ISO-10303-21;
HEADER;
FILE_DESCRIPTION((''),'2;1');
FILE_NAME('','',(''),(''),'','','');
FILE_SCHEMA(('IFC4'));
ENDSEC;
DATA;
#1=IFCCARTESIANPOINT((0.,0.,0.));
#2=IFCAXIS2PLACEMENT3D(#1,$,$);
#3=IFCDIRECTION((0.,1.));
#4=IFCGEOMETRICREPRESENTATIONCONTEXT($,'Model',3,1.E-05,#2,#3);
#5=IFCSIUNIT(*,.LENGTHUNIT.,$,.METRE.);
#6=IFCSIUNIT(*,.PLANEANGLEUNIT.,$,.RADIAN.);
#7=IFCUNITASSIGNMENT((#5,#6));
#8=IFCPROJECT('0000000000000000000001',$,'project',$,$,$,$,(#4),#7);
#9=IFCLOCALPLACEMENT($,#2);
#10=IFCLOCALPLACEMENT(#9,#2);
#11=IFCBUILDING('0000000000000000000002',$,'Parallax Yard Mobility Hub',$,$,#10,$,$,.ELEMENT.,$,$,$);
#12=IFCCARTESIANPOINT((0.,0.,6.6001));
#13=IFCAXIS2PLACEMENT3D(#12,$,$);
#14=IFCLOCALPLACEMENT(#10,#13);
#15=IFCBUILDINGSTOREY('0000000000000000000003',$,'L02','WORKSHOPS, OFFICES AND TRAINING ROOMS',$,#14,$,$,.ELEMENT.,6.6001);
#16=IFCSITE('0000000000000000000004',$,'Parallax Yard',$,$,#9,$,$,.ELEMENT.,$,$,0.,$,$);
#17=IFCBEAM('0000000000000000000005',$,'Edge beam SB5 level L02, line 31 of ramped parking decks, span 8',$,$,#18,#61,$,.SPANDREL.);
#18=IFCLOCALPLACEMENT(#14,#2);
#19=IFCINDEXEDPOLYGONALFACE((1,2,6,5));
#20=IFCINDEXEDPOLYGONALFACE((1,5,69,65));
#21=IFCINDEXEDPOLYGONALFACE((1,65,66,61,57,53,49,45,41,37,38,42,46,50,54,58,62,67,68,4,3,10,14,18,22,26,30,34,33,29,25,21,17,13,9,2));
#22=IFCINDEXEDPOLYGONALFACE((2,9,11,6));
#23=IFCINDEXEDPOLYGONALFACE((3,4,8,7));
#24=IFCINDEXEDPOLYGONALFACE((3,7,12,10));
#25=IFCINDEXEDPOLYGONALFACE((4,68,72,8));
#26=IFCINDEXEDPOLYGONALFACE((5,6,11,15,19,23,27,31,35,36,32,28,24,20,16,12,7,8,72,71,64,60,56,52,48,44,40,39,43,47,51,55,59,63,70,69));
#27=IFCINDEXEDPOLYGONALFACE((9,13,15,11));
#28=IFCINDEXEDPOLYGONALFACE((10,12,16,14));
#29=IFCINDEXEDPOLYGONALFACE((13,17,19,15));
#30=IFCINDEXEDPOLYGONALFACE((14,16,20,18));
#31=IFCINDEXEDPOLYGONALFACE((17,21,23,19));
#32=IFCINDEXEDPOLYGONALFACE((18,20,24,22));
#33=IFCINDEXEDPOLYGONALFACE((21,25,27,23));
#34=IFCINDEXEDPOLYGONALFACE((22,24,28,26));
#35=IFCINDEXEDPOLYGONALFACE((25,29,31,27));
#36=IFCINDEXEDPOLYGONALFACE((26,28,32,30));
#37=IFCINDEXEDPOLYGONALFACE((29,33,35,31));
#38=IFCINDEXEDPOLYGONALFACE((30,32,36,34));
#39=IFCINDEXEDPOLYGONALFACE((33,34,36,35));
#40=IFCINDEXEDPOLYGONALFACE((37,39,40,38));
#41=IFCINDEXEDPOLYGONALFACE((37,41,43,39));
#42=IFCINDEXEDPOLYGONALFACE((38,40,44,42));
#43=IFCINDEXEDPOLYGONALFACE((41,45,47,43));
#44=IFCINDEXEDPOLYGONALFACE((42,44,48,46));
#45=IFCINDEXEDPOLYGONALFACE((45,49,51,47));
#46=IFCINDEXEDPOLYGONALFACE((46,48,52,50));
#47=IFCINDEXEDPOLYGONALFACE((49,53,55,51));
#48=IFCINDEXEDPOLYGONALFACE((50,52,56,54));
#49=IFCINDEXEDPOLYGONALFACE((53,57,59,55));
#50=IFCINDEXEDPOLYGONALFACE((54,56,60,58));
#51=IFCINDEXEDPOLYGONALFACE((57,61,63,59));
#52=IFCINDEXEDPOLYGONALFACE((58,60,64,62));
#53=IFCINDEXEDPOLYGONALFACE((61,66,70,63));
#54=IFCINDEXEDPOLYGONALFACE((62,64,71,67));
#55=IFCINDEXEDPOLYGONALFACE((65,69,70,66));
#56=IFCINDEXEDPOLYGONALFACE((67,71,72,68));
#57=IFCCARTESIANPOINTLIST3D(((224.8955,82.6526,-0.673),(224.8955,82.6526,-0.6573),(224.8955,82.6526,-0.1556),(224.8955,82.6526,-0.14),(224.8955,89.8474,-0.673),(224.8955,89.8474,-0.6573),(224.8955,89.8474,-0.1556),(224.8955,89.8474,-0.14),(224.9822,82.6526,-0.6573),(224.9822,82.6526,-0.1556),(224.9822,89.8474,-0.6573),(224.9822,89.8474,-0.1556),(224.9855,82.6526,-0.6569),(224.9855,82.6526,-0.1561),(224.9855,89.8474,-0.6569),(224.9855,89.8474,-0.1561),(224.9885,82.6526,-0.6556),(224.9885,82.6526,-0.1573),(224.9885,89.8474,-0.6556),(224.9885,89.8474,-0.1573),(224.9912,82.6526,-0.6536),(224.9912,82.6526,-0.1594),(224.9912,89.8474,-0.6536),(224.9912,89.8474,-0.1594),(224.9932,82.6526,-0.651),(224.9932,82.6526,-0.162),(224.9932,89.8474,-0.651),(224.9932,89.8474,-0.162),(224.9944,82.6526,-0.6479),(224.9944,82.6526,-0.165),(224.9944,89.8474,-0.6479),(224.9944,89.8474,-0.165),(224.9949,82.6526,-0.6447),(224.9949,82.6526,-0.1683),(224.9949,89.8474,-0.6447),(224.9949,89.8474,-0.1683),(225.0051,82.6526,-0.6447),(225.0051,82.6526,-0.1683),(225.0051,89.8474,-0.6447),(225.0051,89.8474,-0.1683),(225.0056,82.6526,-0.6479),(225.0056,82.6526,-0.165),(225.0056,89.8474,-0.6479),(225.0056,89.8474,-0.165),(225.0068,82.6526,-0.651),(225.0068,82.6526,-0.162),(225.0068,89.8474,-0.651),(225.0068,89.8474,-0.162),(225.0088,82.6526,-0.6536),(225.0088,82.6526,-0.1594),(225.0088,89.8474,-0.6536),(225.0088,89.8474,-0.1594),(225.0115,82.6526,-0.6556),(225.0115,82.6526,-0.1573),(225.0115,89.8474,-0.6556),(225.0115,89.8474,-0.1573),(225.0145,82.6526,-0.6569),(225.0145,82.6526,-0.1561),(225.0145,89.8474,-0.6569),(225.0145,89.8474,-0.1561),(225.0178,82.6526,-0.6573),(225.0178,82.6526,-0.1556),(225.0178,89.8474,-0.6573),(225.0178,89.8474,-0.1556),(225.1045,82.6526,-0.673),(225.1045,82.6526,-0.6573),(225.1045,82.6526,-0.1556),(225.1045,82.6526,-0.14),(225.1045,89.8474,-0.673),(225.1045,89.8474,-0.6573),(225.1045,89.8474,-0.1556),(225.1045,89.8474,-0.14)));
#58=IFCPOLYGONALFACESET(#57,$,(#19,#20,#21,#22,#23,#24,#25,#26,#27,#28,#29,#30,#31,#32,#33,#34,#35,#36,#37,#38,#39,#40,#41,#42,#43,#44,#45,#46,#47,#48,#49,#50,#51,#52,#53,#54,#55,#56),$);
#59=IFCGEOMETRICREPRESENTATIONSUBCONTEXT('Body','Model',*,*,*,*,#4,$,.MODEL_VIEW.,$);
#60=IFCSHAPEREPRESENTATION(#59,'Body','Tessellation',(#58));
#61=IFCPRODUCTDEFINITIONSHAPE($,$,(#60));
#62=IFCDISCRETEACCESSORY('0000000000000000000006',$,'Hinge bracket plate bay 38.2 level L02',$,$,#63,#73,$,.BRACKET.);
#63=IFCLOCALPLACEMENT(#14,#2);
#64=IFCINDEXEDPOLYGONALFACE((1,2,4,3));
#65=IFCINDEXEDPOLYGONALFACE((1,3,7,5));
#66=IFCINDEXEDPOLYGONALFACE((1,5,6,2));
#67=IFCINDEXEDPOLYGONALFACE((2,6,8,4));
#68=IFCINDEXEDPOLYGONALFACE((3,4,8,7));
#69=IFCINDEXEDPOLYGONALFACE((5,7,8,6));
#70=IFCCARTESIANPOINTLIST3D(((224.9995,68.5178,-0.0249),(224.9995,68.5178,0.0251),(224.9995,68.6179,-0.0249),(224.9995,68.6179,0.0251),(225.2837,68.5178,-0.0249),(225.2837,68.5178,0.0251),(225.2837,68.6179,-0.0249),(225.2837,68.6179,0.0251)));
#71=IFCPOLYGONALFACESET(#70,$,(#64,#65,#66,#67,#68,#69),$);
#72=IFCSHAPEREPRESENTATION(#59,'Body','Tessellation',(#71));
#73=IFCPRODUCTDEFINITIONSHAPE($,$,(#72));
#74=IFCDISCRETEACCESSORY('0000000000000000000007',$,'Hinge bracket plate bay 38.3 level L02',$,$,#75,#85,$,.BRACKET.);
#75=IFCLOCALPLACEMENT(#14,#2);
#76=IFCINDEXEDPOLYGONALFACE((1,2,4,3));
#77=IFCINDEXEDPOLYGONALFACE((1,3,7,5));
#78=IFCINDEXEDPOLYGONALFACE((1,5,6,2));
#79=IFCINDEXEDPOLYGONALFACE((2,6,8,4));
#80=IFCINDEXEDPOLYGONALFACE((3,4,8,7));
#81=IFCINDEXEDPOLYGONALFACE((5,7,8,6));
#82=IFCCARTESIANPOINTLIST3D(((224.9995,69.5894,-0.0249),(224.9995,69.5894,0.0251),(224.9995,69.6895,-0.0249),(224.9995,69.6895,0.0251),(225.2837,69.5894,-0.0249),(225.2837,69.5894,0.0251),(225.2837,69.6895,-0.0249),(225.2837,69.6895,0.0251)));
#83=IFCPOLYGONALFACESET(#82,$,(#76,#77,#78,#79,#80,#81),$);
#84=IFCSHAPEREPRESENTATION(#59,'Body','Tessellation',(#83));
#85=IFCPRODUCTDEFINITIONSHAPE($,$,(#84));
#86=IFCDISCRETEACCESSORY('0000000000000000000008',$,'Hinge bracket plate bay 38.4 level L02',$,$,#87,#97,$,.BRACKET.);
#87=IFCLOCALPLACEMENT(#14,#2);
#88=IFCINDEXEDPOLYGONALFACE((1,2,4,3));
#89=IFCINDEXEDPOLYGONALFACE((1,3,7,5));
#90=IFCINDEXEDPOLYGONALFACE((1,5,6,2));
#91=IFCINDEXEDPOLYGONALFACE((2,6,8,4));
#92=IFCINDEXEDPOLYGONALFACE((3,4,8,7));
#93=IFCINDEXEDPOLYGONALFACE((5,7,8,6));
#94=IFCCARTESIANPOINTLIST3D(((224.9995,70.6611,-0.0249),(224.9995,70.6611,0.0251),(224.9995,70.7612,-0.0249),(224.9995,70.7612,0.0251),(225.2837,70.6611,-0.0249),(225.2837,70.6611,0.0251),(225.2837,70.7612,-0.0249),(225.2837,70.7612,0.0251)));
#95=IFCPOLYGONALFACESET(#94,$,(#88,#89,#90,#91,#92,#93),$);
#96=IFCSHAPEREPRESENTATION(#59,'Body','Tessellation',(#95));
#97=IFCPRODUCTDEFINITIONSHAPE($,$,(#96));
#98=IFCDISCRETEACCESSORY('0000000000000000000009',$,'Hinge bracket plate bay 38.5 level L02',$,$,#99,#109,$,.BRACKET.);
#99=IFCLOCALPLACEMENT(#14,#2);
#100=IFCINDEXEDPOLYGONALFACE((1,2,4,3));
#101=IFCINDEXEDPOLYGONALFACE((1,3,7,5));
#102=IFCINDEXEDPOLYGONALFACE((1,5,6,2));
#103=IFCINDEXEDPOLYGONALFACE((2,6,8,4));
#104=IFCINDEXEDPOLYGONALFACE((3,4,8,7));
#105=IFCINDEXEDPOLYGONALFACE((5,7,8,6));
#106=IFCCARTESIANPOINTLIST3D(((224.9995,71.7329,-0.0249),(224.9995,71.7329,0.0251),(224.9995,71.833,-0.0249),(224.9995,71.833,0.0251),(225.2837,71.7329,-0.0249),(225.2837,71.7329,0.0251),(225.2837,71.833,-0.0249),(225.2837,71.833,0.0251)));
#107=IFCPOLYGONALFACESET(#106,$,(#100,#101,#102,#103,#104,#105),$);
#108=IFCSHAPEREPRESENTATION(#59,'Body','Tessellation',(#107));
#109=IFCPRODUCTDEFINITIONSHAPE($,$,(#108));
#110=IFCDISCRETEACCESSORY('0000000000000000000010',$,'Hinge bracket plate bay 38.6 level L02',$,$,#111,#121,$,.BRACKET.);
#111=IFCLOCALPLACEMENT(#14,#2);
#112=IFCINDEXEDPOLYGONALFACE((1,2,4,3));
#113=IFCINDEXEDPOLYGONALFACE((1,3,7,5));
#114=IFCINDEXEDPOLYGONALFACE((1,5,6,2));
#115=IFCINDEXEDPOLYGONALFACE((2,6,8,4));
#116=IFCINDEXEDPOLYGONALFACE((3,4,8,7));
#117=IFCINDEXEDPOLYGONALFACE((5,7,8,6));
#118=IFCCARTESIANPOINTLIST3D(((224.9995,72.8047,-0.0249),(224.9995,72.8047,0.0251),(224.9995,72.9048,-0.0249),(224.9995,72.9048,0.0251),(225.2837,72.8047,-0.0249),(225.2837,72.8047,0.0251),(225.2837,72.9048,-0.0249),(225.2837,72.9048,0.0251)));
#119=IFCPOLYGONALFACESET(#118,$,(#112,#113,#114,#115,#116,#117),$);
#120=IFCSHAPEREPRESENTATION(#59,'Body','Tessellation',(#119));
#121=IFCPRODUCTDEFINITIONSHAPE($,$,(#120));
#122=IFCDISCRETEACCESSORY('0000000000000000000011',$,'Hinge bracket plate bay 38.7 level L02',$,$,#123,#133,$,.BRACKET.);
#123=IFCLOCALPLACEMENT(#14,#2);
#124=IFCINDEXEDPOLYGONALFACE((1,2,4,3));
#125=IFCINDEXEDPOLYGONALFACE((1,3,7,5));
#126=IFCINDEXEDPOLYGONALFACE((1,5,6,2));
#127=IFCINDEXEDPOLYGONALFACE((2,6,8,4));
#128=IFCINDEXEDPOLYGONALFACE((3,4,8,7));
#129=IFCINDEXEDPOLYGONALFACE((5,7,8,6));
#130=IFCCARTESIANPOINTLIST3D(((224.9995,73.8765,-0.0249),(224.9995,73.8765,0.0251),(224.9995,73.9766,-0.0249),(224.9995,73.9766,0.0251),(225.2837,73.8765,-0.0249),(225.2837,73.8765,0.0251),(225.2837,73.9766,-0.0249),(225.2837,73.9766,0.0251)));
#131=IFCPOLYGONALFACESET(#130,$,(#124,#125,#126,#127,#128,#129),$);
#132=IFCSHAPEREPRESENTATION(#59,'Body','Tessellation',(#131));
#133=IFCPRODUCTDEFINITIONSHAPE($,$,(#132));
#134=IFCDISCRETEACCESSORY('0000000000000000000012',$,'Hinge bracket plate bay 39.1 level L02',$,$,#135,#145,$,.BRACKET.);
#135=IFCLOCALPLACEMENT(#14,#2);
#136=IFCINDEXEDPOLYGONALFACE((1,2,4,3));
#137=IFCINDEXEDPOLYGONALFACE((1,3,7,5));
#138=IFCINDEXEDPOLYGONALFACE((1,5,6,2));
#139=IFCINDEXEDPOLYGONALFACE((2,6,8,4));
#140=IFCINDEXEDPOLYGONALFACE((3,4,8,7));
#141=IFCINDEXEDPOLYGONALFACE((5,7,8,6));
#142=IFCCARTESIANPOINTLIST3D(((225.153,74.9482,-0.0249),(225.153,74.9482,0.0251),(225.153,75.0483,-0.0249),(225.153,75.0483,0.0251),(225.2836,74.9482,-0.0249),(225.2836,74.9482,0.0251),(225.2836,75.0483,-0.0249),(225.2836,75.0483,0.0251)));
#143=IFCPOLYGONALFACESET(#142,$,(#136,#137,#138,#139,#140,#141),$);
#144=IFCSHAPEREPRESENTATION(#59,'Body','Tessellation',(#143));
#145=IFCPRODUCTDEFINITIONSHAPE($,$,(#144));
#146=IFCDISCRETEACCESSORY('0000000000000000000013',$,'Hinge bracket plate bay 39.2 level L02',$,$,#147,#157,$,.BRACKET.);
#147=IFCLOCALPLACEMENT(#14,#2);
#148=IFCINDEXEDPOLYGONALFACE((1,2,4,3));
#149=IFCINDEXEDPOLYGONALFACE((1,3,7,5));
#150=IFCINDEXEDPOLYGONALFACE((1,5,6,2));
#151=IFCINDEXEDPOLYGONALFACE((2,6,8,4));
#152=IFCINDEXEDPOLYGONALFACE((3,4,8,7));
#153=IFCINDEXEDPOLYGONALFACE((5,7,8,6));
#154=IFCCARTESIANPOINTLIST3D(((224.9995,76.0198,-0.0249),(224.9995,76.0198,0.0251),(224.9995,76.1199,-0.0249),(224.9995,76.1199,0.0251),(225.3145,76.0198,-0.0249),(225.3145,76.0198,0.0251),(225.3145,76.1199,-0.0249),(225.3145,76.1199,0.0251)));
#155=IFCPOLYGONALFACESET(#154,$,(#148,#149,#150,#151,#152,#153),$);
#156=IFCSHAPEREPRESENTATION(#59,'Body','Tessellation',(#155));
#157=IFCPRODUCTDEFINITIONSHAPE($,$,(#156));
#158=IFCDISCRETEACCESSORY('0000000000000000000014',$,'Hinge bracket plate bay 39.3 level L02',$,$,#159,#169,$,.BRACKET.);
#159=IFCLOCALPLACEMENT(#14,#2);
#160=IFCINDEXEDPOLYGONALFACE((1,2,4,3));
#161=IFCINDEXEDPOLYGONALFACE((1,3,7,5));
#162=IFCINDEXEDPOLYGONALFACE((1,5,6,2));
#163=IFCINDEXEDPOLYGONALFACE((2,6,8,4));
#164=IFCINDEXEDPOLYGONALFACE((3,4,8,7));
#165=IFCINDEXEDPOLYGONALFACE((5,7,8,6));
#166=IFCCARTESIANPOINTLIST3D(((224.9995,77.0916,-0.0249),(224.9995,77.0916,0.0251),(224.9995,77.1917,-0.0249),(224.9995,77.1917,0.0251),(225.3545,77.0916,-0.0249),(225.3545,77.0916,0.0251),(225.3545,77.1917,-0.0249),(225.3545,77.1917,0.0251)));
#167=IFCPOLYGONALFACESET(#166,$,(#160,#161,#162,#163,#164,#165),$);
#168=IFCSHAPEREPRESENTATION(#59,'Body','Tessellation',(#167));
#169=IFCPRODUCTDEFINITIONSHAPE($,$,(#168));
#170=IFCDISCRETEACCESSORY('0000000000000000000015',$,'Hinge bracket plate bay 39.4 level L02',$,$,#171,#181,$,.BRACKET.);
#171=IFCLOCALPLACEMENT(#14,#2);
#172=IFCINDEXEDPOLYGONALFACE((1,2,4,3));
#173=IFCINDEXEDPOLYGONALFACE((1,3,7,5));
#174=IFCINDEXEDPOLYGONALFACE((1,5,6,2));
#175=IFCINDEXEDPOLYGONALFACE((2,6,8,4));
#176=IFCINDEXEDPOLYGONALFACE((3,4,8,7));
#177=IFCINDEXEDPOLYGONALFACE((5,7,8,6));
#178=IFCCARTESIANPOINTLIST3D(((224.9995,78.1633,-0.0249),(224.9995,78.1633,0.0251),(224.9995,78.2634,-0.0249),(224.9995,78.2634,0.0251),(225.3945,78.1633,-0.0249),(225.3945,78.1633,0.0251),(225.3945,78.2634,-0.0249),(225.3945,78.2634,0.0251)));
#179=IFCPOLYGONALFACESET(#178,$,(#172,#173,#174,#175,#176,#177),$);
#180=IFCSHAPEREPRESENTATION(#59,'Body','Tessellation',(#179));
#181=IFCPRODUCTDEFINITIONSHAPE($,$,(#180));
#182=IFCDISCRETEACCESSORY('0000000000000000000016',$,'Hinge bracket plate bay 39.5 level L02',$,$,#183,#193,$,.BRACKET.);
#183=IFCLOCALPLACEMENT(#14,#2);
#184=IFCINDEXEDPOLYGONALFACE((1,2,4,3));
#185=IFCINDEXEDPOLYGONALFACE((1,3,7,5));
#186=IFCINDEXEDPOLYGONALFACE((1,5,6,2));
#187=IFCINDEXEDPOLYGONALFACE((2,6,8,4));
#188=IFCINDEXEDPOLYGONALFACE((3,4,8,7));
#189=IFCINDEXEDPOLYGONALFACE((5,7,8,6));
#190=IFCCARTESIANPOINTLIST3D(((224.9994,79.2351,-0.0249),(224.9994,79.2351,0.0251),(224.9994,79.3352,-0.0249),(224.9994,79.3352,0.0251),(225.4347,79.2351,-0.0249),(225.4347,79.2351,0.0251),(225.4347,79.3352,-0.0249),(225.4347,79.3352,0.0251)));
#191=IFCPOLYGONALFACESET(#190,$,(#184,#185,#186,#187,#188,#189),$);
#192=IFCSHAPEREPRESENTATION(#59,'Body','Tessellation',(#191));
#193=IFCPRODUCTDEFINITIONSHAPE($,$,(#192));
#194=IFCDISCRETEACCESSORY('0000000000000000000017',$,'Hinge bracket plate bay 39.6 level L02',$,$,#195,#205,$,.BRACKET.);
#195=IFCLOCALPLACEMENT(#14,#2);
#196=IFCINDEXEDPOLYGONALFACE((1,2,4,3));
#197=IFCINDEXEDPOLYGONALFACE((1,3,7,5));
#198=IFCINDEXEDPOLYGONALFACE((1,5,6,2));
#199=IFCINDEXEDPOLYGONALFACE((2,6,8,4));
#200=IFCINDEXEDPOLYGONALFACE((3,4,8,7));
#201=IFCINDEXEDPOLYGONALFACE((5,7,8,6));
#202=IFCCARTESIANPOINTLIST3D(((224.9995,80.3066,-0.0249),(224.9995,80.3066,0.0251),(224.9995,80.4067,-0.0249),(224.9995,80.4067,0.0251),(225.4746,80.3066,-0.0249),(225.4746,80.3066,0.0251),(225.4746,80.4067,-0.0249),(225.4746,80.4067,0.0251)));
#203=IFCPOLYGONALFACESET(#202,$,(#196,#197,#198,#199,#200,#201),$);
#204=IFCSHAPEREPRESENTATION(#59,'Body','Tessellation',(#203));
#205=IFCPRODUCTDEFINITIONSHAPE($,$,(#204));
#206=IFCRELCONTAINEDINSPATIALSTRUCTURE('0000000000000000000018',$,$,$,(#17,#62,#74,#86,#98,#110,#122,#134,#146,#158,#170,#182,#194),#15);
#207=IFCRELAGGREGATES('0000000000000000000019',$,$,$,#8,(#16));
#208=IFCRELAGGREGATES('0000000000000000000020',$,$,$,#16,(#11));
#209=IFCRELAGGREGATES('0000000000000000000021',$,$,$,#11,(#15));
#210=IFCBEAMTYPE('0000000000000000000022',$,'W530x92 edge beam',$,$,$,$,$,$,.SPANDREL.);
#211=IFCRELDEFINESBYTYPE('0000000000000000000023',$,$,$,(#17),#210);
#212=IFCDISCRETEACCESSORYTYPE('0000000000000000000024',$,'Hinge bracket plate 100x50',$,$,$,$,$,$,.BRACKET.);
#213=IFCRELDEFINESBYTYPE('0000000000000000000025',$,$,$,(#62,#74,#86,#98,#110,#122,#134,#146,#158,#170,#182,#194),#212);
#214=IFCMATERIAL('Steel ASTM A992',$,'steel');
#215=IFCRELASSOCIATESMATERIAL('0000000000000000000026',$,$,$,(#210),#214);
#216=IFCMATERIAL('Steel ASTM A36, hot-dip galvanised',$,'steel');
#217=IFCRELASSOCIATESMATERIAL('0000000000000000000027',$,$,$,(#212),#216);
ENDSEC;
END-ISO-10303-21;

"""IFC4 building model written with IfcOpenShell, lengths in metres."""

from ifc_helpers import new_model, si_unit, direction, frame, origin, origin_2d, place, context, subcontext, project, spatial, rectangle, i_section, extrude, material, material_profile, profile_set, type_object, element, save


model = new_model("IFC4")

# Units and contexts
model_context = context("Model", 3, precision=1e-05, world=origin(), true_north=direction((0.0, 1.0)))
body_context = subcontext(model_context, "Body", "Model", "MODEL_VIEW")
ifc_project = project(units=[si_unit("LENGTHUNIT", "METRE"), si_unit("PLANEANGLEUNIT", "RADIAN")], contexts=[model_context])

# Site, building, storey
site_placement = place(None, origin())
site = spatial("IfcSite", under=ifc_project, at=site_placement, Name="Parallax Yard", CompositionType="ELEMENT", RefElevation=0.0)
building_placement = place(site_placement, origin())
building = spatial("IfcBuilding", under=site, at=building_placement, Name="Parallax Yard Mobility Hub", CompositionType="ELEMENT")
storey_placement = place(building_placement, frame((0.0, 0.0, 6.6001)))
storey = spatial("IfcBuildingStorey", under=building, at=storey_placement, Name="L02", Description="WORKSHOPS, OFFICES AND TRAINING ROOMS", CompositionType="ELEMENT", Elevation=6.6001)

# Beam
ifc_material_1 = material(Name="Steel ASTM A992", Category="steel")
ifc_material_profile_1 = material_profile(ifc_material_1, i_section(OverallWidth=0.209, OverallDepth=0.533, WebThickness=0.0103, FlangeThickness=0.0156, FilletRadius=0.0127, at=origin_2d()), Name="W530x92")
ifc_profile_set_1 = profile_set([ifc_material_profile_1], Name="Steel ASTM A992")
beam_type = type_object("IfcBeamType", Name="W530x92 edge beam", PredefinedType="SPANDREL", material=ifc_profile_set_1)
beam_placement = place(storey_placement, frame((225.0, 82.6526, -0.4065), z_axis=(0.0, 1.0, 0.0), x_axis=(-1.0, 0.0, 0.0)))
element("IfcBeam", 1, at=beam_placement, inside=storey, type_object=beam_type, Name="Edge beam SB5 level L02, line 31 of ramped parking decks, span 8", PredefinedType="SPANDREL", context=body_context, shape_type="SweptSolid", body=[
    extrude(i_section(OverallWidth=0.209, OverallDepth=0.533, WebThickness=0.0103, FlangeThickness=0.0156, FilletRadius=0.0127, at=origin_2d()), origin(), (0.0, 0.0, 1.0), 7.1948),
])

# Discrete accessories
ifc_material_2 = material(Name="Steel ASTM A36, hot-dip galvanised", Category="steel")
discrete_accessory_type_1 = type_object("IfcDiscreteAccessoryType", Name="Hinge bracket plate 100x50", PredefinedType="BRACKET", material=ifc_material_2)
for number, where, z_axis, x_axis, name in (
    (2, (225.1416, 68.5679, -0.0249), (0.0, 0.0, 1.0), (1.0, 0.0, 0.0), "Hinge bracket plate bay 38.2 level L02"),
    (3, (225.1416, 69.6394, -0.0249), (0.0, 0.0, 1.0), (1.0, 0.0, 0.0), "Hinge bracket plate bay 38.3 level L02"),
    (4, (225.1416, 70.7112, -0.0249), (0.0, 0.0, 1.0), (1.0, 0.0, 0.0), "Hinge bracket plate bay 38.4 level L02"),
    (5, (225.1416, 71.783, -0.0249), (0.0, 0.0, 1.0), (1.0, 0.0, 0.0), "Hinge bracket plate bay 38.5 level L02"),
    (6, (225.1416, 72.8547, -0.0249), (0.0, 0.0, 1.0), (1.0, 0.0, 0.0), "Hinge bracket plate bay 38.6 level L02"),
    (7, (225.1416, 73.9265, -0.0249), (0.0, 0.0, 1.0), (1.0, 0.0, 0.0), "Hinge bracket plate bay 38.7 level L02"),
):
    element("IfcDiscreteAccessory", number, at=place(storey_placement, frame(where, z_axis=z_axis, x_axis=x_axis)), inside=storey, type_object=discrete_accessory_type_1, Name=name, PredefinedType="BRACKET", context=body_context, shape_type="SweptSolid", body=[
        extrude(rectangle(XDim=0.2842, YDim=0.1001, at=origin_2d()), origin(), (0.0, 0.0, 1.0), 0.05),
    ])
discrete_accessory_1_placement = place(storey_placement, frame((225.2183, 74.9983, -0.0249), z_axis=(0.0, 0.0, 1.0), x_axis=(1.0, 0.0, 0.0)))
element("IfcDiscreteAccessory", 8, at=discrete_accessory_1_placement, inside=storey, type_object=discrete_accessory_type_1, Name="Hinge bracket plate bay 39.1 level L02", PredefinedType="BRACKET", context=body_context, shape_type="SweptSolid", body=[
    extrude(rectangle(XDim=0.1306, YDim=0.1001, at=origin_2d()), origin(), (0.0, 0.0, 1.0), 0.05),
])
discrete_accessory_2_placement = place(storey_placement, frame((225.157, 76.0698, -0.0249), z_axis=(0.0, 0.0, 1.0), x_axis=(1.0, 0.0, 0.0)))
element("IfcDiscreteAccessory", 9, at=discrete_accessory_2_placement, inside=storey, type_object=discrete_accessory_type_1, Name="Hinge bracket plate bay 39.2 level L02", PredefinedType="BRACKET", context=body_context, shape_type="SweptSolid", body=[
    extrude(rectangle(XDim=0.3149, YDim=0.1001, at=origin_2d()), origin(), (0.0, 0.0, 1.0), 0.05),
])
discrete_accessory_3_placement = place(storey_placement, frame((225.177, 77.1416, -0.0249), z_axis=(0.0, 0.0, 1.0), x_axis=(1.0, 0.0, 0.0)))
element("IfcDiscreteAccessory", 10, at=discrete_accessory_3_placement, inside=storey, type_object=discrete_accessory_type_1, Name="Hinge bracket plate bay 39.3 level L02", PredefinedType="BRACKET", context=body_context, shape_type="SweptSolid", body=[
    extrude(rectangle(XDim=0.355, YDim=0.1001, at=origin_2d()), origin(), (0.0, 0.0, 1.0), 0.05),
])
discrete_accessory_4_placement = place(storey_placement, frame((225.197, 78.2134, -0.0249), z_axis=(0.0, 0.0, 1.0), x_axis=(1.0, 0.0, 0.0)))
element("IfcDiscreteAccessory", 11, at=discrete_accessory_4_placement, inside=storey, type_object=discrete_accessory_type_1, Name="Hinge bracket plate bay 39.4 level L02", PredefinedType="BRACKET", context=body_context, shape_type="SweptSolid", body=[
    extrude(rectangle(XDim=0.395, YDim=0.1001, at=origin_2d()), origin(), (0.0, 0.0, 1.0), 0.05),
])
discrete_accessory_5_placement = place(storey_placement, frame((225.217, 79.2852, -0.0249), z_axis=(0.0, 0.0, 1.0), x_axis=(1.0, 0.0, 0.0)))
element("IfcDiscreteAccessory", 12, at=discrete_accessory_5_placement, inside=storey, type_object=discrete_accessory_type_1, Name="Hinge bracket plate bay 39.5 level L02", PredefinedType="BRACKET", context=body_context, shape_type="SweptSolid", body=[
    extrude(rectangle(XDim=0.4353, YDim=0.1001, at=origin_2d()), origin(), (0.0, 0.0, 1.0), 0.05),
])
discrete_accessory_6_placement = place(storey_placement, frame((225.2371, 80.3567, -0.0249), z_axis=(0.0, 0.0, 1.0), x_axis=(1.0, 0.0, 0.0)))
element("IfcDiscreteAccessory", 13, at=discrete_accessory_6_placement, inside=storey, type_object=discrete_accessory_type_1, Name="Hinge bracket plate bay 39.6 level L02", PredefinedType="BRACKET", context=body_context, shape_type="SweptSolid", body=[
    extrude(rectangle(XDim=0.4751, YDim=0.1001, at=origin_2d()), origin(), (0.0, 0.0, 1.0), 0.05),
])

save(model, "model.ifc")
